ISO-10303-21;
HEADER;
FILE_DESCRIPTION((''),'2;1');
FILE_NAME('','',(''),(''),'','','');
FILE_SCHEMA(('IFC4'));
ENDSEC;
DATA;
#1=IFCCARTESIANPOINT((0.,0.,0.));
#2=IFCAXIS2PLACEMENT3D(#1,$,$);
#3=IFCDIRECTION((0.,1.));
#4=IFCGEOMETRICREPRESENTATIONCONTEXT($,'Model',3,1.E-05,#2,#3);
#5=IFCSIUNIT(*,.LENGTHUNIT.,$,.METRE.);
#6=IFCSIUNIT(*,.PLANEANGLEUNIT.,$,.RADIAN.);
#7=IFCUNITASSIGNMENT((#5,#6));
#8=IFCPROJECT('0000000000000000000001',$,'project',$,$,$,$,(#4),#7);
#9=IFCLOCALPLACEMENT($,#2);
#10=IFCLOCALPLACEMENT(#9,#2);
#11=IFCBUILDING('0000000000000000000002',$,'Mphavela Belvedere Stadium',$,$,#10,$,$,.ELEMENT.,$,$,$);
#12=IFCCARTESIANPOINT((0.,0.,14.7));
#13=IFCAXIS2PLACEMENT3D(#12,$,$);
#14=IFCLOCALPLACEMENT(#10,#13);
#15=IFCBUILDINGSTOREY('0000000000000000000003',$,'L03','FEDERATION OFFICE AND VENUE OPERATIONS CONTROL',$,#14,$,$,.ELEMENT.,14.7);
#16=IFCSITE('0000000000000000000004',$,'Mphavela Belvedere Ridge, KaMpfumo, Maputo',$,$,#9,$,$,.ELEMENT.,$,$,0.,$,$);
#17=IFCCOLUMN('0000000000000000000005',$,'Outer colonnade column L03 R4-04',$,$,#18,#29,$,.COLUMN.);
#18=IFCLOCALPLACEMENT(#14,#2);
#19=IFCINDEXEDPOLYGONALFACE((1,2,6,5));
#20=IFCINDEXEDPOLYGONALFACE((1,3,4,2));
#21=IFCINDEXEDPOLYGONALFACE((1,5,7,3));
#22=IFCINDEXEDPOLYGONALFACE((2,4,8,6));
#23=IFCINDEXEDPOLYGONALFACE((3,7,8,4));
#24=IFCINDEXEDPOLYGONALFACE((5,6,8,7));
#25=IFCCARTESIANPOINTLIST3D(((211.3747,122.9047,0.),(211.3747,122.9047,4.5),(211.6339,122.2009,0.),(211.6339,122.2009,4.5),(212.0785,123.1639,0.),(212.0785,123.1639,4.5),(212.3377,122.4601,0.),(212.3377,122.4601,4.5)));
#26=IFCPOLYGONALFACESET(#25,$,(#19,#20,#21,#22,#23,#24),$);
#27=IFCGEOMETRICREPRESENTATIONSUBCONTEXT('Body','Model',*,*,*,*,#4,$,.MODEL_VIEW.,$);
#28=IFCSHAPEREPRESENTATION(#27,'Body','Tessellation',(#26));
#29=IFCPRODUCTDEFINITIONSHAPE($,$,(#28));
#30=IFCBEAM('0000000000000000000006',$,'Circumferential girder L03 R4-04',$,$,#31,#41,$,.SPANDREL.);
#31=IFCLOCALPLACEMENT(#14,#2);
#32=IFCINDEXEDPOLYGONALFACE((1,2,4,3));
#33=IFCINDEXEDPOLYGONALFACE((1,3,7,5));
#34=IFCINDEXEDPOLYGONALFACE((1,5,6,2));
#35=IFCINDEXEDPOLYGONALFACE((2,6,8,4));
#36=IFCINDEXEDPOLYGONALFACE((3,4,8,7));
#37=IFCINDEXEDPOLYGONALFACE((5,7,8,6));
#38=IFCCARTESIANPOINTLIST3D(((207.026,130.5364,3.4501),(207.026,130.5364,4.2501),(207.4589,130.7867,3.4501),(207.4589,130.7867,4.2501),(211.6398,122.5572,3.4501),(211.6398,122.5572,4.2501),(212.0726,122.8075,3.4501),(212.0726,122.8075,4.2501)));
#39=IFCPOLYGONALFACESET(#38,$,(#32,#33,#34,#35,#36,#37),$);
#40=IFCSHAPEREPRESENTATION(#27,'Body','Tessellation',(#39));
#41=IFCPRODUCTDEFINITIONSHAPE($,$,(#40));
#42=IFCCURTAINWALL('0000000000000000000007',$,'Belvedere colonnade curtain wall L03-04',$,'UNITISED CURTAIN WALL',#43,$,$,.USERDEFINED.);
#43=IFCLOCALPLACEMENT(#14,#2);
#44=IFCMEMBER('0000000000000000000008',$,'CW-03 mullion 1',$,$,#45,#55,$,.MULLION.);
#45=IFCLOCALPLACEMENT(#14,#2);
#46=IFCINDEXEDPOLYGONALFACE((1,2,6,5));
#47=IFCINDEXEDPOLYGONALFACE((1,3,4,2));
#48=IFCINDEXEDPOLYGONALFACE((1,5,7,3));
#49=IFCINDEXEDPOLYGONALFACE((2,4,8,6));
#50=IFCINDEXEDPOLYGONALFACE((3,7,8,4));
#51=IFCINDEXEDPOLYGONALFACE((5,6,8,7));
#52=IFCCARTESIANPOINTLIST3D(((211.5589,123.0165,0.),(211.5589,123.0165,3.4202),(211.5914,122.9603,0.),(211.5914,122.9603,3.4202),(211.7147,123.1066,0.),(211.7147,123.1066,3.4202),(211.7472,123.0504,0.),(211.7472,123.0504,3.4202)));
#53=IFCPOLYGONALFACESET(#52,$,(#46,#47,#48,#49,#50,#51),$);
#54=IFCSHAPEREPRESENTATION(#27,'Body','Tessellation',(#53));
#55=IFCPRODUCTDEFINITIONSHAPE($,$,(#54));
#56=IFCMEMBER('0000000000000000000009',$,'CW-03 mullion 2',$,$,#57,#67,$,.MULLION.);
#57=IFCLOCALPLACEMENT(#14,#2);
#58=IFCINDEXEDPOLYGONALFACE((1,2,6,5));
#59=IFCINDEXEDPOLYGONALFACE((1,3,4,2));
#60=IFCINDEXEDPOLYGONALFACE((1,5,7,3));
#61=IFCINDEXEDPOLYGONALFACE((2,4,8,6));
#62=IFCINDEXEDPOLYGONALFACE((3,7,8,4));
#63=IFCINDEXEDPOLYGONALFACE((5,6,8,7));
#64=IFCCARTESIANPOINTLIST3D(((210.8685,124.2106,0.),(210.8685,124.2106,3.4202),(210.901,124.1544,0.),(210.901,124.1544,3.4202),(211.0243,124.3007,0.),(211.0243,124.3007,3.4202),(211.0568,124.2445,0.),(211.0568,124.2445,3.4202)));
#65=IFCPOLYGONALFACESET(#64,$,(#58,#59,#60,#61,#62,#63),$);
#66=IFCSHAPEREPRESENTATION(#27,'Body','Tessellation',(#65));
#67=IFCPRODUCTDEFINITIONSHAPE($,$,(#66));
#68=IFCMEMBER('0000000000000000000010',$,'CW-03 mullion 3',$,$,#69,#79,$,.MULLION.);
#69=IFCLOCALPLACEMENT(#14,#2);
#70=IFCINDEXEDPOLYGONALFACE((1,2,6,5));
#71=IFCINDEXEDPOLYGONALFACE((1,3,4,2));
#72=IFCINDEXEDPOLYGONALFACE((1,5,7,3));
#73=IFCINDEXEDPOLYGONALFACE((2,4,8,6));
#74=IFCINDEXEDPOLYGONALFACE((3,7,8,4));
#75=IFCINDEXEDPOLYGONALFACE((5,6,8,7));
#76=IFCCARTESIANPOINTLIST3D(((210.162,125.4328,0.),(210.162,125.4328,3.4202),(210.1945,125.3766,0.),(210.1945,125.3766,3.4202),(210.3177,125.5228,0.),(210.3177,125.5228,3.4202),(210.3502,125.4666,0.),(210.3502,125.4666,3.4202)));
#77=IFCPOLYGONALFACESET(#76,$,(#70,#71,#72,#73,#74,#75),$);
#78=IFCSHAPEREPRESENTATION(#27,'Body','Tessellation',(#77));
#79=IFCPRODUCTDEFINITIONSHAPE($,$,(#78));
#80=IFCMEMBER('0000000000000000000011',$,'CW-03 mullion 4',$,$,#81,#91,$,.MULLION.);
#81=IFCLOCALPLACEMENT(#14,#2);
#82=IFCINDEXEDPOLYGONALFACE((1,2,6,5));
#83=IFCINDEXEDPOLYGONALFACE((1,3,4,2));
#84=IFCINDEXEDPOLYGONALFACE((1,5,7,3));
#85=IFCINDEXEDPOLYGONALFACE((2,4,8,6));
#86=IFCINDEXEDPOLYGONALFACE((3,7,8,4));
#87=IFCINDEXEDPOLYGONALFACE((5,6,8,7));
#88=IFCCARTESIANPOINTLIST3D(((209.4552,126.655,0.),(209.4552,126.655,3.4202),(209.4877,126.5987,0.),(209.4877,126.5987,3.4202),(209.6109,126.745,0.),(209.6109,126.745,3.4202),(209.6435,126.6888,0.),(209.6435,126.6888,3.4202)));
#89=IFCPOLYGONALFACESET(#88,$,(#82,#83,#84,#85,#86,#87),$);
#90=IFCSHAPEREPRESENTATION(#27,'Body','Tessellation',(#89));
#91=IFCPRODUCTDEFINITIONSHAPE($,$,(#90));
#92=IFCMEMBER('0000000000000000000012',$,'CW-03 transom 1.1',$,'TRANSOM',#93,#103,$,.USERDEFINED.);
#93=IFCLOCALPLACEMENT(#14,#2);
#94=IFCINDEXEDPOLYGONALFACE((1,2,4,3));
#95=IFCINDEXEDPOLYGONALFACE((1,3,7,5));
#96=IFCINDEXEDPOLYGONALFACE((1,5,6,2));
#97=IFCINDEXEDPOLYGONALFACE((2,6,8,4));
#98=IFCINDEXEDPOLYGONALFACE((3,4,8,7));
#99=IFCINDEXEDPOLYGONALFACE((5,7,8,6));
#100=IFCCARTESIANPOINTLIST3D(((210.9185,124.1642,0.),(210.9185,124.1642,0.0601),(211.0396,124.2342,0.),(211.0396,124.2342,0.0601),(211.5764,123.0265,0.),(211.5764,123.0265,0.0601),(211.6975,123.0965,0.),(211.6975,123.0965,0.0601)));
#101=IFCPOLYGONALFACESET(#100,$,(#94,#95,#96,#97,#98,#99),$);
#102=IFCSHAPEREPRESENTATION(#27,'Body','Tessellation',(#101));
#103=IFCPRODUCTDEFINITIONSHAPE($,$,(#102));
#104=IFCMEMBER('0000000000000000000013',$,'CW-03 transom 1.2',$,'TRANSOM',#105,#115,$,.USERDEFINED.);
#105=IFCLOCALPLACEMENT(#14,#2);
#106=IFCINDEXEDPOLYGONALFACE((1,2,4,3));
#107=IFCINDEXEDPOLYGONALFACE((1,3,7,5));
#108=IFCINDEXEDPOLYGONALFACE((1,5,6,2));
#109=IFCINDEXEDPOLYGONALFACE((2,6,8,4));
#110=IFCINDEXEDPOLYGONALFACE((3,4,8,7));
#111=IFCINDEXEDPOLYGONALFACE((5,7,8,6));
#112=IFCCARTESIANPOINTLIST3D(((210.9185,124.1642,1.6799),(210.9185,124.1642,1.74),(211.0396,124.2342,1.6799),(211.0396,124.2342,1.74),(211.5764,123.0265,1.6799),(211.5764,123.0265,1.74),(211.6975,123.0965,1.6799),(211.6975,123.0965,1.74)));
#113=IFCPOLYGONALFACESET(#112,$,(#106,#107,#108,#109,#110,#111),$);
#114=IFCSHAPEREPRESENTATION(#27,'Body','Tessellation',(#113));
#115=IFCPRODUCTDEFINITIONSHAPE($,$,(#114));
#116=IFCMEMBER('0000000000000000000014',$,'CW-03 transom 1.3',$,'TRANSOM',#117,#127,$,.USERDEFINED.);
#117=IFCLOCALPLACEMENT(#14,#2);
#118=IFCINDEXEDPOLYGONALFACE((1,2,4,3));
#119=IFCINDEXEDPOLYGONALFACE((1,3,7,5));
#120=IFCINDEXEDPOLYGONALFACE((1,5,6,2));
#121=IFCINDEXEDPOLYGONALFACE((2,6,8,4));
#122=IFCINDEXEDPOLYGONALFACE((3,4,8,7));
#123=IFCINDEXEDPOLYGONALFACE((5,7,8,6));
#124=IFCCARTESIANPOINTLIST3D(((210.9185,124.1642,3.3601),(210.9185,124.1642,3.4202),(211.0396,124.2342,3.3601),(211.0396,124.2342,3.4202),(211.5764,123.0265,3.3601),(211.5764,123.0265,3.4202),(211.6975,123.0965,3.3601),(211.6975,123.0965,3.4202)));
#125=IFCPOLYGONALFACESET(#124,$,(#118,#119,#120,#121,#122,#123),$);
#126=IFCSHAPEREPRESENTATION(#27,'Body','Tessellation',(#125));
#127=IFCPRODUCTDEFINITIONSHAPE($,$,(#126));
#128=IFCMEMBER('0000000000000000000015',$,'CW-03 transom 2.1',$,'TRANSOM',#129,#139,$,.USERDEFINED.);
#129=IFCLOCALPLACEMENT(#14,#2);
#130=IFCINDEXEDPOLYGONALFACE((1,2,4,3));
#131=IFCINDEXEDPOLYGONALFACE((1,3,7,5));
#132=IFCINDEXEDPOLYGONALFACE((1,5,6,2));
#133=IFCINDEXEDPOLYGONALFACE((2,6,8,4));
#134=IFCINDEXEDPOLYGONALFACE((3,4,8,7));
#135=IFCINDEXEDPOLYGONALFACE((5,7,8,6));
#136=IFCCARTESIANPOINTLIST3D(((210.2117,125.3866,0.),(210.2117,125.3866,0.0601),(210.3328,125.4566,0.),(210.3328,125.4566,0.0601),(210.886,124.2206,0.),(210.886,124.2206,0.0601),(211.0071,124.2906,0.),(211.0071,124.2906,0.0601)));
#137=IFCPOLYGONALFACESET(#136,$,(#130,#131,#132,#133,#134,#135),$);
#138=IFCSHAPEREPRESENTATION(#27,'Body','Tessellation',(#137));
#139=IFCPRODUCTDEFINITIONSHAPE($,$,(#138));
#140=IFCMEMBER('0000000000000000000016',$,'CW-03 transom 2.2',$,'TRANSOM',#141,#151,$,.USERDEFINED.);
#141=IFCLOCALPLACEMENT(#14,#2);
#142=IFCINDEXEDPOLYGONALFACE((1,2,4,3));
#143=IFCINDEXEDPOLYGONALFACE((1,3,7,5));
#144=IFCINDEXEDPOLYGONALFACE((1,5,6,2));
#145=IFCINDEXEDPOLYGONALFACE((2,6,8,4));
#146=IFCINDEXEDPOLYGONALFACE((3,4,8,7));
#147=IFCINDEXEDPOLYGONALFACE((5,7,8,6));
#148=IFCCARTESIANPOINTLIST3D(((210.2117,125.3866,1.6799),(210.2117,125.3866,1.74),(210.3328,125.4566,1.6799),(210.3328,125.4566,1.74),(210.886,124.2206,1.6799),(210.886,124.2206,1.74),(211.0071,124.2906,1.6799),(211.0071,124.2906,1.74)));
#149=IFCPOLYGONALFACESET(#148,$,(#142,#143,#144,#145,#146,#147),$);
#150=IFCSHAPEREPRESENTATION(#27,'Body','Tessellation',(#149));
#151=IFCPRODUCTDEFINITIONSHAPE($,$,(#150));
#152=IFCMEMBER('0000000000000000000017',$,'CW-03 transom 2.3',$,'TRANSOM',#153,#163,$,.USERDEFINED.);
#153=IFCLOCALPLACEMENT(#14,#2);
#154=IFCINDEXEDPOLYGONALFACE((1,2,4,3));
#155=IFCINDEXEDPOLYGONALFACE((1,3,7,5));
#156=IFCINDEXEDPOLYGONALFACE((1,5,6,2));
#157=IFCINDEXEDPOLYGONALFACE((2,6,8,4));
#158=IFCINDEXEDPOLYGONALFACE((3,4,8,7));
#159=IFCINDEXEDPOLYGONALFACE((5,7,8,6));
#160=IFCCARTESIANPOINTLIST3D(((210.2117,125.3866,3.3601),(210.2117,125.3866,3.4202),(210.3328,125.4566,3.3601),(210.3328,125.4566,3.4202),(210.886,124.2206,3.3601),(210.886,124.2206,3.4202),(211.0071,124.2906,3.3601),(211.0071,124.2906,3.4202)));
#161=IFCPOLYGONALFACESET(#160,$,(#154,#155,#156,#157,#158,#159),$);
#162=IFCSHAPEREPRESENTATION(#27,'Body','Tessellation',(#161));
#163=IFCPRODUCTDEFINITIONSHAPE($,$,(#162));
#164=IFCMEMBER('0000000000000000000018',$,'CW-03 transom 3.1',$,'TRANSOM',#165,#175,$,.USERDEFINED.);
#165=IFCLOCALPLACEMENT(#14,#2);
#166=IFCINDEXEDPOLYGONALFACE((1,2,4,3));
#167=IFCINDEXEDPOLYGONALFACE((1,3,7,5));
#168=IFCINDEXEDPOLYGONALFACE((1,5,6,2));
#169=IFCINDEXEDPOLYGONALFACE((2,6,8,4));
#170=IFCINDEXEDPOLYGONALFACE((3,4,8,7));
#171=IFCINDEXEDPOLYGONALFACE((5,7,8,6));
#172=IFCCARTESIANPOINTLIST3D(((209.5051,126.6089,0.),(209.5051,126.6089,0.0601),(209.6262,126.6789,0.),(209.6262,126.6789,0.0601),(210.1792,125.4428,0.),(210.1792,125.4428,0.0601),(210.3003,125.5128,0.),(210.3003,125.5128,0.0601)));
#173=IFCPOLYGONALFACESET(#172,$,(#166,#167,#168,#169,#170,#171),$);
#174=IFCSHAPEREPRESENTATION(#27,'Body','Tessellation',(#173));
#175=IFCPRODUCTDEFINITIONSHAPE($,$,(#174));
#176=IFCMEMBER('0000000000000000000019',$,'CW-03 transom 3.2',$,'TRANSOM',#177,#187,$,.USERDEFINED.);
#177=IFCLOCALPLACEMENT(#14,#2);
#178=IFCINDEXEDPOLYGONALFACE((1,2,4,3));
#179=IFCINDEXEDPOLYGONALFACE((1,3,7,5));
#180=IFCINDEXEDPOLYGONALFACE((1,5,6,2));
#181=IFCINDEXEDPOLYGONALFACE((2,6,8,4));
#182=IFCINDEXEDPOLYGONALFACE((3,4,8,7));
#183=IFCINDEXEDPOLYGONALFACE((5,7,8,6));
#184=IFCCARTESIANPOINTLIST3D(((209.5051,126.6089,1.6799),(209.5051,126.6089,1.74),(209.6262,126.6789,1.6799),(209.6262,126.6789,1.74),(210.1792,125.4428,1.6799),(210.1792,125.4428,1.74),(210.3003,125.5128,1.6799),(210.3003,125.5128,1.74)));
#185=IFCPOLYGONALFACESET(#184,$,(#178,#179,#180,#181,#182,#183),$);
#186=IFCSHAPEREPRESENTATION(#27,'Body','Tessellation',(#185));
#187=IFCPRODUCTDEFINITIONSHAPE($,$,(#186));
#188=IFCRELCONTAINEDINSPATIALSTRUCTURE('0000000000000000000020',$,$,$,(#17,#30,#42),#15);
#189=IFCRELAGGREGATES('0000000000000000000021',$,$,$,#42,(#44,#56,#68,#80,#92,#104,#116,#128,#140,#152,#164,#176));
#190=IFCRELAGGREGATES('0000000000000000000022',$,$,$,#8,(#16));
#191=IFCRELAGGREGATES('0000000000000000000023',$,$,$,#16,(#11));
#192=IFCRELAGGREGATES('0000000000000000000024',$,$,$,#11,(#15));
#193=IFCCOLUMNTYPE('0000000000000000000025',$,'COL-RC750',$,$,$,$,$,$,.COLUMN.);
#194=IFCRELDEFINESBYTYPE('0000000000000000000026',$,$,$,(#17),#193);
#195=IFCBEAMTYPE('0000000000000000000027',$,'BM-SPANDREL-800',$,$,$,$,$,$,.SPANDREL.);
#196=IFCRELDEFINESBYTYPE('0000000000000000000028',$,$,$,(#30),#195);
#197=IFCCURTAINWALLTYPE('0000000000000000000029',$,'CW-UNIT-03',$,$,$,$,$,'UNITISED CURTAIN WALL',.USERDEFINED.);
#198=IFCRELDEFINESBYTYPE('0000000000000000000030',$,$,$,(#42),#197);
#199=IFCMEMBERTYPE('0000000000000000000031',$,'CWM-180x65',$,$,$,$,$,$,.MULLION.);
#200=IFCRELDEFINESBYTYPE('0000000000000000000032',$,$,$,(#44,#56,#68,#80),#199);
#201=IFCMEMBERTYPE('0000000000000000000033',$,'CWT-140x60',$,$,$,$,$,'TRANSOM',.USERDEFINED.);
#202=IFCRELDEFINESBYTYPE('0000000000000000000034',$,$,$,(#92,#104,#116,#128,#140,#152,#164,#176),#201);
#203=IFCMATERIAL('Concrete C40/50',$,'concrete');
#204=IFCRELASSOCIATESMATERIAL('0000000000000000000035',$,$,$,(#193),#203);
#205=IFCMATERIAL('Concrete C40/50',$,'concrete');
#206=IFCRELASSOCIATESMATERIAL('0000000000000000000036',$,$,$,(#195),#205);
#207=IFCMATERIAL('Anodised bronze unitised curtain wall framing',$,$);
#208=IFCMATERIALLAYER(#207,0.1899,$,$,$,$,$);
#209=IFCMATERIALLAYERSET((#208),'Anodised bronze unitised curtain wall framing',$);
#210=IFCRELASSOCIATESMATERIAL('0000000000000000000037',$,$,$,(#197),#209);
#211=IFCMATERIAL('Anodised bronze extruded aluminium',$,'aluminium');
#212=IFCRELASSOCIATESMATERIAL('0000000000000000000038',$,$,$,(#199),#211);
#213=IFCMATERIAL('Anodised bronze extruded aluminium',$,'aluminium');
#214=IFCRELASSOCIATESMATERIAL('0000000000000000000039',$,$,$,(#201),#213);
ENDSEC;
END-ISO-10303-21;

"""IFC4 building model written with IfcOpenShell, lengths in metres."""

from ifc_helpers import new_model, si_unit, direction, frame, origin, origin_2d, place, context, subcontext, project, spatial, rectangle, extrude, material, layer, layer_set, material_profile, profile_set, type_object, element, aggregate, save


model = new_model("IFC4")

# Units and contexts
model_context = context("Model", 3, precision=1e-05, world=origin(), true_north=direction((0.0, 1.0)))
body_context = subcontext(model_context, "Body", "Model", "MODEL_VIEW")
ifc_project = project(units=[si_unit("LENGTHUNIT", "METRE"), si_unit("PLANEANGLEUNIT", "RADIAN")], contexts=[model_context])

# Site, building, storey
site_placement = place(None, origin())
site = spatial("IfcSite", under=ifc_project, at=site_placement, Name="Mphavela Belvedere Ridge, KaMpfumo, Maputo", CompositionType="ELEMENT", RefElevation=0.0)
building_placement = place(site_placement, origin())
building = spatial("IfcBuilding", under=site, at=building_placement, Name="Mphavela Belvedere Stadium", CompositionType="ELEMENT")
storey_placement = place(building_placement, frame((0.0, 0.0, 14.7)))
storey = spatial("IfcBuildingStorey", under=building, at=storey_placement, Name="L03", Description="FEDERATION OFFICE AND VENUE OPERATIONS CONTROL", CompositionType="ELEMENT", Elevation=14.7)

# Column
ifc_material_1 = material(Name="Concrete C40/50", Category="concrete")
ifc_material_profile_1 = material_profile(ifc_material_1, rectangle(XDim=0.75, YDim=0.75, at=origin_2d()), Name="RC 750x750")
ifc_profile_set_1 = profile_set([ifc_material_profile_1], Name="Concrete C40/50")
column_type = type_object("IfcColumnType", Name="COL-RC750", PredefinedType="COLUMN", material=ifc_profile_set_1)
column_placement = place(storey_placement, frame((211.8562, 122.6824, 0.0), z_axis=(0.0, 0.0, 1.0), x_axis=(0.938372, 0.345626, 0.0)))
element("IfcColumn", 1, at=column_placement, inside=storey, type_object=column_type, Name="Outer colonnade column L03 R4-04", PredefinedType="COLUMN", context=body_context, shape_type="SweptSolid", body=[
    extrude(rectangle(XDim=0.75, YDim=0.75, at=origin_2d()), origin(), (0.0, 0.0, 1.0), 4.5),
])

# Beam
ifc_material_2 = material(Name="Concrete C40/50", Category="concrete")
ifc_material_profile_2 = material_profile(ifc_material_2, rectangle(XDim=0.5, YDim=0.8, at=origin_2d()), Name="RC 500x800")
ifc_profile_set_2 = profile_set([ifc_material_profile_2], Name="Concrete C40/50")
beam_type = type_object("IfcBeamType", Name="BM-SPANDREL-800", PredefinedType="SPANDREL", material=ifc_profile_set_2)
beam_placement = place(storey_placement, frame((211.8562, 122.6824, 3.8501), z_axis=(-0.500565, 0.865699, 0.0), x_axis=(-0.865699, -0.500565, 0.0)))
element("IfcBeam", 2, at=beam_placement, inside=storey, type_object=beam_type, Name="Circumferential girder L03 R4-04", PredefinedType="SPANDREL", context=body_context, shape_type="SweptSolid", body=[
    extrude(rectangle(XDim=0.5, YDim=0.8, at=origin_2d()), origin(), (0.0, 0.0, 1.0), 9.217),
])

# Curtain wall, members
ifc_material_3 = material(Name="Anodised bronze unitised curtain wall framing")
ifc_layer_1 = layer(ifc_material_3, 0.1899)
ifc_layer_set_1 = layer_set([ifc_layer_1], Name="Anodised bronze unitised curtain wall framing")
curtain_wall_type = type_object("IfcCurtainWallType", Name="CW-UNIT-03", ElementType="UNITISED CURTAIN WALL", PredefinedType="USERDEFINED", material=ifc_layer_set_1)
curtain_wall_placement = place(storey_placement, origin())
curtain_wall = element("IfcCurtainWall", 3, at=curtain_wall_placement, inside=storey, type_object=curtain_wall_type, Name="Belvedere colonnade curtain wall L03-04", ObjectType="UNITISED CURTAIN WALL", PredefinedType="USERDEFINED")
ifc_material_4 = material(Name="Anodised bronze extruded aluminium", Category="aluminium")
ifc_material_profile_3 = material_profile(ifc_material_4, rectangle(XDim=0.1799, YDim=0.0649, at=origin_2d()), Name="CW-MUL 180x65")
ifc_profile_set_3 = profile_set([ifc_material_profile_3], Name="Anodised bronze extruded aluminium")
member_type_1 = type_object("IfcMemberType", Name="CWM-180x65", PredefinedType="MULLION", material=ifc_profile_set_3)
member_1_placement = place(storey_placement, frame((211.6531, 123.0334, 0.0), z_axis=(0.0, 0.0, 1.0), x_axis=(-0.865705, -0.500554, 0.0)))
member_1 = element("IfcMember", 4, at=member_1_placement, type_object=member_type_1, Name="CW-03 mullion 1", PredefinedType="MULLION", context=body_context, shape_type="SweptSolid", body=[
    extrude(rectangle(XDim=0.1799, YDim=0.0649, at=origin_2d()), origin(), (0.0, 0.0, 1.0), 3.4202),
])
member_2_placement = place(storey_placement, frame((210.9626, 124.2275, 0.0), z_axis=(0.0, 0.0, 1.0), x_axis=(-0.865705, -0.500554, 0.0)))
member_2 = element("IfcMember", 5, at=member_2_placement, type_object=member_type_1, Name="CW-03 mullion 2", PredefinedType="MULLION", context=body_context, shape_type="SweptSolid", body=[
    extrude(rectangle(XDim=0.1799, YDim=0.0649, at=origin_2d()), origin(), (0.0, 0.0, 1.0), 3.4202),
])
member_3_placement = place(storey_placement, frame((210.2561, 125.4497, 0.0), z_axis=(0.0, 0.0, 1.0), x_axis=(-0.865705, -0.500554, 0.0)))
member_3 = element("IfcMember", 6, at=member_3_placement, type_object=member_type_1, Name="CW-03 mullion 3", PredefinedType="MULLION", context=body_context, shape_type="SweptSolid", body=[
    extrude(rectangle(XDim=0.1799, YDim=0.0649, at=origin_2d()), origin(), (0.0, 0.0, 1.0), 3.4202),
])
member_4_placement = place(storey_placement, frame((209.5493, 126.6719, 0.0), z_axis=(0.0, 0.0, 1.0), x_axis=(-0.865705, -0.500554, 0.0)))
member_4 = element("IfcMember", 7, at=member_4_placement, type_object=member_type_1, Name="CW-03 mullion 4", PredefinedType="MULLION", context=body_context, shape_type="SweptSolid", body=[
    extrude(rectangle(XDim=0.1799, YDim=0.0649, at=origin_2d()), origin(), (0.0, 0.0, 1.0), 3.4202),
])
ifc_material_5 = material(Name="Anodised bronze extruded aluminium", Category="aluminium")
ifc_material_profile_4 = material_profile(ifc_material_5, rectangle(XDim=0.1399, YDim=0.0601, at=origin_2d()), Name="CW-TRN 140x60")
ifc_profile_set_4 = profile_set([ifc_material_profile_4], Name="Anodised bronze extruded aluminium")
member_type_2 = type_object("IfcMemberType", Name="CWT-140x60", ElementType="TRANSOM", PredefinedType="USERDEFINED", material=ifc_profile_set_4)
member_5_placement = place(storey_placement, frame((211.637, 123.0615, 0.03), z_axis=(-0.500633, 0.865659, 0.0), x_axis=(-0.865659, -0.500633, 0.0)))
member_5 = element("IfcMember", 8, at=member_5_placement, type_object=member_type_2, Name="CW-03 transom 1.1", ObjectType="TRANSOM", PredefinedType="USERDEFINED", context=body_context, shape_type="SweptSolid", body=[
    extrude(rectangle(XDim=0.1399, YDim=0.0601, at=origin_2d()), origin(), (0.0, 0.0, 1.0), 1.3142),
])
member_6_placement = place(storey_placement, frame((211.637, 123.0615, 1.71), z_axis=(-0.500633, 0.865659, 0.0), x_axis=(-0.865659, -0.500633, 0.0)))
member_6 = element("IfcMember", 9, at=member_6_placement, type_object=member_type_2, Name="CW-03 transom 1.2", ObjectType="TRANSOM", PredefinedType="USERDEFINED", context=body_context, shape_type="SweptSolid", body=[
    extrude(rectangle(XDim=0.1399, YDim=0.0601, at=origin_2d()), origin(), (0.0, 0.0, 1.0), 1.3142),
])
member_7_placement = place(storey_placement, frame((211.637, 123.0615, 3.3901), z_axis=(-0.500633, 0.865659, 0.0), x_axis=(-0.865659, -0.500633, 0.0)))
member_7 = element("IfcMember", 10, at=member_7_placement, type_object=member_type_2, Name="CW-03 transom 1.3", ObjectType="TRANSOM", PredefinedType="USERDEFINED", context=body_context, shape_type="SweptSolid", body=[
    extrude(rectangle(XDim=0.1399, YDim=0.0601, at=origin_2d()), origin(), (0.0, 0.0, 1.0), 1.3142),
])
member_8_placement = place(storey_placement, frame((210.9465, 124.2556, 0.03), z_axis=(-0.500622, 0.865666, 0.0), x_axis=(-0.865666, -0.500622, 0.0)))
member_8 = element("IfcMember", 11, at=member_8_placement, type_object=member_type_2, Name="CW-03 transom 2.1", ObjectType="TRANSOM", PredefinedType="USERDEFINED", context=body_context, shape_type="SweptSolid", body=[
    extrude(rectangle(XDim=0.1399, YDim=0.0601, at=origin_2d()), origin(), (0.0, 0.0, 1.0), 1.3469),
])
member_9_placement = place(storey_placement, frame((210.9465, 124.2556, 1.71), z_axis=(-0.500622, 0.865666, 0.0), x_axis=(-0.865666, -0.500622, 0.0)))
member_9 = element("IfcMember", 12, at=member_9_placement, type_object=member_type_2, Name="CW-03 transom 2.2", ObjectType="TRANSOM", PredefinedType="USERDEFINED", context=body_context, shape_type="SweptSolid", body=[
    extrude(rectangle(XDim=0.1399, YDim=0.0601, at=origin_2d()), origin(), (0.0, 0.0, 1.0), 1.3469),
])
member_10_placement = place(storey_placement, frame((210.9465, 124.2556, 3.3901), z_axis=(-0.500622, 0.865666, 0.0), x_axis=(-0.865666, -0.500622, 0.0)))
member_10 = element("IfcMember", 13, at=member_10_placement, type_object=member_type_2, Name="CW-03 transom 2.3", ObjectType="TRANSOM", PredefinedType="USERDEFINED", context=body_context, shape_type="SweptSolid", body=[
    extrude(rectangle(XDim=0.1399, YDim=0.0601, at=origin_2d()), origin(), (0.0, 0.0, 1.0), 1.3469),
])
member_11_placement = place(storey_placement, frame((210.2397, 125.4778, 0.03), z_axis=(-0.500486, 0.865745, 0.0), x_axis=(-0.865745, -0.500486, 0.0)))
member_11 = element("IfcMember", 14, at=member_11_placement, type_object=member_type_2, Name="CW-03 transom 3.1", ObjectType="TRANSOM", PredefinedType="USERDEFINED", context=body_context, shape_type="SweptSolid", body=[
    extrude(rectangle(XDim=0.1399, YDim=0.0601, at=origin_2d()), origin(), (0.0, 0.0, 1.0), 1.3469),
])
member_12_placement = place(storey_placement, frame((210.2397, 125.4778, 1.71), z_axis=(-0.500486, 0.865745, 0.0), x_axis=(-0.865745, -0.500486, 0.0)))
member_12 = element("IfcMember", 15, at=member_12_placement, type_object=member_type_2, Name="CW-03 transom 3.2", ObjectType="TRANSOM", PredefinedType="USERDEFINED", context=body_context, shape_type="SweptSolid", body=[
    extrude(rectangle(XDim=0.1399, YDim=0.0601, at=origin_2d()), origin(), (0.0, 0.0, 1.0), 1.3469),
])
aggregate(curtain_wall, [member_1, member_2, member_3, member_4, member_5, member_6, member_7, member_8, member_9, member_10, member_11, member_12])

save(model, "model.ifc")
